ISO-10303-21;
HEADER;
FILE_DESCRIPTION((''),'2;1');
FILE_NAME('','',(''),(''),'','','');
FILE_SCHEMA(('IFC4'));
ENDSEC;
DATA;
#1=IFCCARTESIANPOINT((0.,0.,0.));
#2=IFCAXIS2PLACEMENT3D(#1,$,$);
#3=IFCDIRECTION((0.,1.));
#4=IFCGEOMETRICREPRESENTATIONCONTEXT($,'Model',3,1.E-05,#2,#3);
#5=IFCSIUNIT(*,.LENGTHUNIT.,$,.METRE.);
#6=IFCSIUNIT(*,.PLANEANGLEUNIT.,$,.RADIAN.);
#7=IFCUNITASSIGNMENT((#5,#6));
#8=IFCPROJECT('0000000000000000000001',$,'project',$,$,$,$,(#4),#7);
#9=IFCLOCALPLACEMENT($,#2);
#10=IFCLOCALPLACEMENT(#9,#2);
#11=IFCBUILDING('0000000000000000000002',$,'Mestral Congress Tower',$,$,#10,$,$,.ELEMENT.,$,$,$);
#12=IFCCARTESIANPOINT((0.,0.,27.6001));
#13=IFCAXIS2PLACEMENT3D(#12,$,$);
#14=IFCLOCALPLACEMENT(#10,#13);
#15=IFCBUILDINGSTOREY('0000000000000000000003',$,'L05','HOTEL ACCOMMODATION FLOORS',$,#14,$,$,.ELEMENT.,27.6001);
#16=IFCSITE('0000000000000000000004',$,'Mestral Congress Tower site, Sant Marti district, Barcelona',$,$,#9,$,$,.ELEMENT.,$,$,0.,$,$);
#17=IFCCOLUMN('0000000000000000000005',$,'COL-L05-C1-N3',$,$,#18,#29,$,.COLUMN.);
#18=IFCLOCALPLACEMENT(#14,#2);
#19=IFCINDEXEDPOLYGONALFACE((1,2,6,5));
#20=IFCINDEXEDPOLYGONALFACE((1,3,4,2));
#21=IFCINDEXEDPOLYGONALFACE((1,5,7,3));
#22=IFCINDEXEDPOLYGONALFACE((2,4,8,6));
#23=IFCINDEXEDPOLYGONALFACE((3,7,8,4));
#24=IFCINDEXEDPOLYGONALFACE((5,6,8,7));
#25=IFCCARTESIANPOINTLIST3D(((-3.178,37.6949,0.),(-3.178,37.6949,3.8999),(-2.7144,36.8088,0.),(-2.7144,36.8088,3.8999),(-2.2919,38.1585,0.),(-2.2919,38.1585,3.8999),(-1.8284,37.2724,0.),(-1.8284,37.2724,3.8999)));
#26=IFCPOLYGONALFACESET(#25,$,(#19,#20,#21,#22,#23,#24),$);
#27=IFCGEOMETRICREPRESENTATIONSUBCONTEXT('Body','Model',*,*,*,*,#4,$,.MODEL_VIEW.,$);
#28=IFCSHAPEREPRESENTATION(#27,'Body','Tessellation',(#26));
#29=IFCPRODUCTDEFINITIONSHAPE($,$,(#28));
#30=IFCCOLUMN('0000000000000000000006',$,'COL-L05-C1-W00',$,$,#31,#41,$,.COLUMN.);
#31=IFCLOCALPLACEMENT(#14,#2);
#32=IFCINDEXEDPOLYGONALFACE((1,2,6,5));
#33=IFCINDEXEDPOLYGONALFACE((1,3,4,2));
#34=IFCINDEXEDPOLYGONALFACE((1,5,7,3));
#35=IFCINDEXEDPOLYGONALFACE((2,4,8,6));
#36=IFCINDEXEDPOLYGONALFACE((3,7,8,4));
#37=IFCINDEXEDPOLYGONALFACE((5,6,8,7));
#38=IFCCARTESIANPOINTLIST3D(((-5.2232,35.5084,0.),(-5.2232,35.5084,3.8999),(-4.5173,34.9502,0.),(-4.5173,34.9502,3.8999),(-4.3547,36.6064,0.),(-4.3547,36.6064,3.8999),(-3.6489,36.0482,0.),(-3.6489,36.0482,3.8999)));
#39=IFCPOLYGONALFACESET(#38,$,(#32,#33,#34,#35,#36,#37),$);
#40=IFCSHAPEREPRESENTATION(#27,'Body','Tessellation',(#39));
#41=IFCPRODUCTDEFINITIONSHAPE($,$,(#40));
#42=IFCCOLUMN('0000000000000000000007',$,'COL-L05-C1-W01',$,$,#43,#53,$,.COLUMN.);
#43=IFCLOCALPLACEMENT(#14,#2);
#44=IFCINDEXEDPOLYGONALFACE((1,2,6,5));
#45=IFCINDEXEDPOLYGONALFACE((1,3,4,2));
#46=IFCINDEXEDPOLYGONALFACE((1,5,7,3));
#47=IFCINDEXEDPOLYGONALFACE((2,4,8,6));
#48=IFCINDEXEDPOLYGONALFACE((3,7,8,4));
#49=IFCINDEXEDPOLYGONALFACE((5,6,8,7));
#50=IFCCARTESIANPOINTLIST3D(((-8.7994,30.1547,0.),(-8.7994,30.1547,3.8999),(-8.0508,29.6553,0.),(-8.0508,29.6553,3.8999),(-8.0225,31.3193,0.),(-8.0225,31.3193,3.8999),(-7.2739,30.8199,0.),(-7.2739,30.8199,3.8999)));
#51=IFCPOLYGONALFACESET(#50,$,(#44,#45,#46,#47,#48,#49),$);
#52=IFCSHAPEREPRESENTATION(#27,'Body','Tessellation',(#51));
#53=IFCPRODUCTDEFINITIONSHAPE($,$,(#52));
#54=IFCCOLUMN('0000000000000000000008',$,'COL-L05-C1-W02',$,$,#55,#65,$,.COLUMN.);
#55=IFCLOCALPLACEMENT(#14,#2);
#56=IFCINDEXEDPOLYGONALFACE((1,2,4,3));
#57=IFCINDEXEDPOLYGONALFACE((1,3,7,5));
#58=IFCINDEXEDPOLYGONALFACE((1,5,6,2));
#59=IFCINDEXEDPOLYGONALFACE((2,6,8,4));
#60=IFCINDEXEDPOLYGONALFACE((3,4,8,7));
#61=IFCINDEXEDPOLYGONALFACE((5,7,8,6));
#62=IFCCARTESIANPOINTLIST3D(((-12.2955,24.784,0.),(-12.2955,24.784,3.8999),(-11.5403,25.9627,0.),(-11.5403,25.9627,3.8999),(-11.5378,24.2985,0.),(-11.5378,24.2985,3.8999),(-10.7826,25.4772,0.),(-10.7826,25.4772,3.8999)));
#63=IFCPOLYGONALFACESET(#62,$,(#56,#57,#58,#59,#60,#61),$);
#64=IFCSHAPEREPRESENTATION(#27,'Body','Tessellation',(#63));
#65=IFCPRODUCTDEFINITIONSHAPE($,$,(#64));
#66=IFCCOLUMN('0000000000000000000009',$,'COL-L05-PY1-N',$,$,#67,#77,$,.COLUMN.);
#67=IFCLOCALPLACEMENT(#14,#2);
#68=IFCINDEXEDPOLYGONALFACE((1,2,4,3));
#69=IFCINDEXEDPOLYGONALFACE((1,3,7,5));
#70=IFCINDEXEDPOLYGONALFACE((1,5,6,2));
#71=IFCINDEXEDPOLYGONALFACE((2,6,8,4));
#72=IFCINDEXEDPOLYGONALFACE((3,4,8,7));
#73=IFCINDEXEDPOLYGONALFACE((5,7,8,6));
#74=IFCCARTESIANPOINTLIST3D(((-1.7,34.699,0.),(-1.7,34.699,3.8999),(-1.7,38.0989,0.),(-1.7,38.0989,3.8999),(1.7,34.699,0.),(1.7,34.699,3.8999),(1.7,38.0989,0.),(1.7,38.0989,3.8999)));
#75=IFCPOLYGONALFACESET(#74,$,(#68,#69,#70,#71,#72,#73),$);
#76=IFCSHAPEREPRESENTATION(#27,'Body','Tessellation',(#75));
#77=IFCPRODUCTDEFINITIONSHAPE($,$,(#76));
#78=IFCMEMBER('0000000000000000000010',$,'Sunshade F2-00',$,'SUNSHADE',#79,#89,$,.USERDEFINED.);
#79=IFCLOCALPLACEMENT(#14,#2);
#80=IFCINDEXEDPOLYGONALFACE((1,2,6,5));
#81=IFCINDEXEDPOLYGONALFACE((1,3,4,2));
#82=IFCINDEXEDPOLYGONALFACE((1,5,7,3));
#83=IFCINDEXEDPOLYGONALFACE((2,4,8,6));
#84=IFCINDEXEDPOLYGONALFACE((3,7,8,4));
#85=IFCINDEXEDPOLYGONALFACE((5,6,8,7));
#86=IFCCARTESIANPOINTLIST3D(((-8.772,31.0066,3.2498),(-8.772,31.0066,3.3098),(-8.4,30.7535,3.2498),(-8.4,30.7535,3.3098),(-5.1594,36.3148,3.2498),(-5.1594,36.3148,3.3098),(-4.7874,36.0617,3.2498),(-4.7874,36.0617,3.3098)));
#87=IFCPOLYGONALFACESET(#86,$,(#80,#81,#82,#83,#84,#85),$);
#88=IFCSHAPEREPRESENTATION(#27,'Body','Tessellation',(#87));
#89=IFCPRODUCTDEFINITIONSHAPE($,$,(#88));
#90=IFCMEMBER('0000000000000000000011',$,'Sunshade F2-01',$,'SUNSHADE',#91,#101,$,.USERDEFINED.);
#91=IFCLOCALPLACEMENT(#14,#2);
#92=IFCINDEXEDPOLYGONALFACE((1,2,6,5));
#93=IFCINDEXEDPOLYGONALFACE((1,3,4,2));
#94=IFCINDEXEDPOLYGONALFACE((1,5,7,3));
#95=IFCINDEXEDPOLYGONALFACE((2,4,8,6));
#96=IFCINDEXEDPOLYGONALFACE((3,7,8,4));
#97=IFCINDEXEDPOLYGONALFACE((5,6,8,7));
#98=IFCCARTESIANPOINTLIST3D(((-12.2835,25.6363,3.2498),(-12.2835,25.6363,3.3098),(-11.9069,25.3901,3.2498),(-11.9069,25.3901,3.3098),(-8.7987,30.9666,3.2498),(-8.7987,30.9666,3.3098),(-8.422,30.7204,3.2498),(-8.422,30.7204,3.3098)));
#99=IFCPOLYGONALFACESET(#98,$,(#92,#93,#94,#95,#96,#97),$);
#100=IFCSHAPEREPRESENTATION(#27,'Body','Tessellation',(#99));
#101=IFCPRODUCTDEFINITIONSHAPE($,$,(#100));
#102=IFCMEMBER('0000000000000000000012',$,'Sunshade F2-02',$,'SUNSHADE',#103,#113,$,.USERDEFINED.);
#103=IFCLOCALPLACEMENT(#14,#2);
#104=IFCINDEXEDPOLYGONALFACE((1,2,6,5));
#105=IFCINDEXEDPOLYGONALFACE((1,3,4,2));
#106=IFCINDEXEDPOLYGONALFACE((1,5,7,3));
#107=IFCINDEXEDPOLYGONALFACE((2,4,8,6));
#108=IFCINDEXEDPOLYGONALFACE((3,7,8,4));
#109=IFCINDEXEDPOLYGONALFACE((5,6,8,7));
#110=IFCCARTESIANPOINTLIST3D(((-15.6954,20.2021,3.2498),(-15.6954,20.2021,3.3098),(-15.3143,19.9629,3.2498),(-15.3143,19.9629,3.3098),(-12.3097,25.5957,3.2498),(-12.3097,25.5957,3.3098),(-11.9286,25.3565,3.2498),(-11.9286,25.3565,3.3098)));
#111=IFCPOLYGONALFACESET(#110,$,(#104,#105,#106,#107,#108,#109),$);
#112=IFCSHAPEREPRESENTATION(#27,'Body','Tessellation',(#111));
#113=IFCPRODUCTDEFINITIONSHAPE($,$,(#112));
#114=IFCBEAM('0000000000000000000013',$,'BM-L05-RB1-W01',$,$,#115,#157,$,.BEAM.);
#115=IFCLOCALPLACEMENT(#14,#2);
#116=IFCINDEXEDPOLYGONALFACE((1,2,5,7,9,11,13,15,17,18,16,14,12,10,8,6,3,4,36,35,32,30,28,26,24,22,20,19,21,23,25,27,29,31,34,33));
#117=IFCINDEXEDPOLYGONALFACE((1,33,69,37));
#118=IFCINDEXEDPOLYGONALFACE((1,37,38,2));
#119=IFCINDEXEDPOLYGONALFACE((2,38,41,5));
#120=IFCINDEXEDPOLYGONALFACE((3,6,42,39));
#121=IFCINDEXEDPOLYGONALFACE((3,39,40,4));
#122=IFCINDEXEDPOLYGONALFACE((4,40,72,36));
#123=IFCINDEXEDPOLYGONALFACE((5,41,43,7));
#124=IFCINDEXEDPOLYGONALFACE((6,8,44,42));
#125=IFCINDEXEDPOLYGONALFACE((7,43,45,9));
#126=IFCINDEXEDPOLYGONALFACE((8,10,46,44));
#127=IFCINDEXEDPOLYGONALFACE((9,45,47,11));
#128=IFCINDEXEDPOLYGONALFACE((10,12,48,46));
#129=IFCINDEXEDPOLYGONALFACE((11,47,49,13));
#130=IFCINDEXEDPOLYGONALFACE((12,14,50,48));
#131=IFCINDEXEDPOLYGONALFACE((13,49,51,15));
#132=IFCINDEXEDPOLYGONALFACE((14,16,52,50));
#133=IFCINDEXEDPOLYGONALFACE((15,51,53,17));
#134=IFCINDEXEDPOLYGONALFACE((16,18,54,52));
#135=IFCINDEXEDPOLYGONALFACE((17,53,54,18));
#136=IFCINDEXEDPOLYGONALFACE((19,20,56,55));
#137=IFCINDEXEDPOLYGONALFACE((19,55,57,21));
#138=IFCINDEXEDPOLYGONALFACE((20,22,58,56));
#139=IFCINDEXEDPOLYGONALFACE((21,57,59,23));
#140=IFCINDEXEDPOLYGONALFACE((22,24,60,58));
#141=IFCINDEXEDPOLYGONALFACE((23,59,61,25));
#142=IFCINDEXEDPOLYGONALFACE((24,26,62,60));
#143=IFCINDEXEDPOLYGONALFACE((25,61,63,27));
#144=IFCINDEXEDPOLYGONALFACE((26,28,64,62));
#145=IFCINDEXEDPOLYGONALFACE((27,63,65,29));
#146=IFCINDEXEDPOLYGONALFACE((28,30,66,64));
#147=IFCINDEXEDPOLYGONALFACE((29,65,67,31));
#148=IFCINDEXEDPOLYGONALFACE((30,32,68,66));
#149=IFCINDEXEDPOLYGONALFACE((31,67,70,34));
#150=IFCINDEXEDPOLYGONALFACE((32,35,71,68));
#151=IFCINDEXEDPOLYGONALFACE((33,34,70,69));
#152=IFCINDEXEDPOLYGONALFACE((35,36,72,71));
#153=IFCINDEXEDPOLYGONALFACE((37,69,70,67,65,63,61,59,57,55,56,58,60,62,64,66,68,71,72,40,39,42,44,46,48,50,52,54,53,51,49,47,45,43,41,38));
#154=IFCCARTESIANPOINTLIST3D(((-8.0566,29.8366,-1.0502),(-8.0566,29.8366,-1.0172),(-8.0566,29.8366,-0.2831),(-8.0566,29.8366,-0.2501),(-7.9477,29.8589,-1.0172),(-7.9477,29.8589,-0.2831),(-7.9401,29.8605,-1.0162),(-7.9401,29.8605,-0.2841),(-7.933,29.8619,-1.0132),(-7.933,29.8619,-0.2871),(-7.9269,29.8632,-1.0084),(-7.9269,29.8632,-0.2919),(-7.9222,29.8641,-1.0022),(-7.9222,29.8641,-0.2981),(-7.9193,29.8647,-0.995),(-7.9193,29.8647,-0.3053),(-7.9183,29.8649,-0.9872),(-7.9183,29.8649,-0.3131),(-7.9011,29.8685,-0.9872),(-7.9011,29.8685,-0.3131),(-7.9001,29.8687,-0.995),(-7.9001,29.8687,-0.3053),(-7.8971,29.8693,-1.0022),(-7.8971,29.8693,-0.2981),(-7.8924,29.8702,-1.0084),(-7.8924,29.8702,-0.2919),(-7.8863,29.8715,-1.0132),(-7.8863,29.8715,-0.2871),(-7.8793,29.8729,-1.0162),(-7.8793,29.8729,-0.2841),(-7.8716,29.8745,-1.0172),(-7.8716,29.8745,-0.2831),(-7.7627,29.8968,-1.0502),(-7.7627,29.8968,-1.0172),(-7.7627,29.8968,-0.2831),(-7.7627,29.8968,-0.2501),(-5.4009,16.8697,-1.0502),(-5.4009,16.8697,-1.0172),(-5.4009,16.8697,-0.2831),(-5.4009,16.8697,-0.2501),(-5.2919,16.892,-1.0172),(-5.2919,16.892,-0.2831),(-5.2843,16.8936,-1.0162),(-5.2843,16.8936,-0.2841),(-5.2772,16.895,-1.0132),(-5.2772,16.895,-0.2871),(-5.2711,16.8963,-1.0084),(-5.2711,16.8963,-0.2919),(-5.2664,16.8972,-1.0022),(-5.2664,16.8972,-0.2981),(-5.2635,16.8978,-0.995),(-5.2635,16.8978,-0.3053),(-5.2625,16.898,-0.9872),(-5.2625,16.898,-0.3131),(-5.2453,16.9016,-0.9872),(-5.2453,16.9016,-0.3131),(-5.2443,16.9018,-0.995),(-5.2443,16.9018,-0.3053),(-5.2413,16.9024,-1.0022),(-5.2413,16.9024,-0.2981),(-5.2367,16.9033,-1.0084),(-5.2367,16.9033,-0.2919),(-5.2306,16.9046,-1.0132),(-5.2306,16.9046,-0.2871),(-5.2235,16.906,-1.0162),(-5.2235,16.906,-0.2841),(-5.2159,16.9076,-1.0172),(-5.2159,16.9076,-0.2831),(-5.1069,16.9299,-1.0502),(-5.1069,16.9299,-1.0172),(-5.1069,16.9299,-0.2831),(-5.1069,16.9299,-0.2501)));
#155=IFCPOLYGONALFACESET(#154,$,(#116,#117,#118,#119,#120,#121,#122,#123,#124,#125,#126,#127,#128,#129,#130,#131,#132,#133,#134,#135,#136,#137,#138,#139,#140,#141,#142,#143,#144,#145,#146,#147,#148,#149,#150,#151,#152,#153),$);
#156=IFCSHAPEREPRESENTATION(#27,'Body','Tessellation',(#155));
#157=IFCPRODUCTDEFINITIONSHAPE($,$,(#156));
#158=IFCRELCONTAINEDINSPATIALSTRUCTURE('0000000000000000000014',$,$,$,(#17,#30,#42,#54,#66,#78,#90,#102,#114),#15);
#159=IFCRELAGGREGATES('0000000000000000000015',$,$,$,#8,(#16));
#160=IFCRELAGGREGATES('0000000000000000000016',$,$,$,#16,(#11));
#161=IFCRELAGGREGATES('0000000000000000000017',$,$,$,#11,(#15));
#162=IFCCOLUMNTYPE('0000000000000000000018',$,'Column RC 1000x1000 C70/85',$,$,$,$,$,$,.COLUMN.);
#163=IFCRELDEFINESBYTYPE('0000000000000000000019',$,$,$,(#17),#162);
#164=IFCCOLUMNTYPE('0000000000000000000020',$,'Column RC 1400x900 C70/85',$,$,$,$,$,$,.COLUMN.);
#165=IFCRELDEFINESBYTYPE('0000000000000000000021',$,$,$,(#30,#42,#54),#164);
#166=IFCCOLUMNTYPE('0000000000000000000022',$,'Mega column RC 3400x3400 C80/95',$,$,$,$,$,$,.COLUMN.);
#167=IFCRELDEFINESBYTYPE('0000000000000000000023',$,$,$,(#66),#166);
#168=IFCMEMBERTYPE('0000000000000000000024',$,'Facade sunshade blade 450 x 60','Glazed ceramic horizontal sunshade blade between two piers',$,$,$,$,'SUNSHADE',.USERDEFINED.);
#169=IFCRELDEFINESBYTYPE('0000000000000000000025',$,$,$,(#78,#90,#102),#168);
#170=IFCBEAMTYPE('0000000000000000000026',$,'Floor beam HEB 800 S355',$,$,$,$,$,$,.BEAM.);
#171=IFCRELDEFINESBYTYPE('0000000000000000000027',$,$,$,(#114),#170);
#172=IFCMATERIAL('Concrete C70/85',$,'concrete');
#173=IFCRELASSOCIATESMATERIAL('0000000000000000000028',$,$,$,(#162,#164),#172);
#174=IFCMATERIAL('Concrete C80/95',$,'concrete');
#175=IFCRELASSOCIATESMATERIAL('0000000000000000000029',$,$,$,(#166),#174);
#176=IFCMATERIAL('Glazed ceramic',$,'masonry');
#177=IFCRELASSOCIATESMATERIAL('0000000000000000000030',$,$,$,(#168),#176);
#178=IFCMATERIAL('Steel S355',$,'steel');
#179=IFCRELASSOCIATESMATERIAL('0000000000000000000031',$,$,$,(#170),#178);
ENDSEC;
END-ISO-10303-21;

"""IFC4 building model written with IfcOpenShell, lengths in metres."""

from ifc_helpers import new_model, si_unit, direction, frame, origin, origin_2d, place, context, subcontext, project, spatial, rectangle, i_section, extrude, material, material_profile, profile_set, type_object, element, save


model = new_model("IFC4")

# Units and contexts
model_context = context("Model", 3, precision=1e-05, world=origin(), true_north=direction((0.0, 1.0)))
body_context = subcontext(model_context, "Body", "Model", "MODEL_VIEW")
ifc_project = project(units=[si_unit("LENGTHUNIT", "METRE"), si_unit("PLANEANGLEUNIT", "RADIAN")], contexts=[model_context])

# Site, building, storey
site_placement = place(None, origin())
site = spatial("IfcSite", under=ifc_project, at=site_placement, Name="Mestral Congress Tower site, Sant Marti district, Barcelona", CompositionType="ELEMENT", RefElevation=0.0)
building_placement = place(site_placement, origin())
building = spatial("IfcBuilding", under=site, at=building_placement, Name="Mestral Congress Tower", CompositionType="ELEMENT")
storey_placement = place(building_placement, frame((0.0, 0.0, 27.6001)))
storey = spatial("IfcBuildingStorey", under=building, at=storey_placement, Name="L05", Description="HOTEL ACCOMMODATION FLOORS", CompositionType="ELEMENT", Elevation=27.6001)

# Columns
ifc_material_1 = material(Name="Concrete C70/85", Category="concrete")
ifc_material_profile_1 = material_profile(ifc_material_1, rectangle(XDim=1.0, YDim=1.0, at=origin_2d()), Name="RC 1000x1000")
ifc_profile_set_1 = profile_set([ifc_material_profile_1], Name="Concrete C70/85")
column_type_1 = type_object("IfcColumnType", Name="Column RC 1000x1000 C70/85", PredefinedType="COLUMN", material=ifc_profile_set_1)
column_1_placement = place(storey_placement, frame((-2.5032, 37.4836, 0.0), z_axis=(0.0, 0.0, 1.0), x_axis=(-0.886068, -0.463556, 0.0)))
element("IfcColumn", 1, at=column_1_placement, inside=storey, type_object=column_type_1, Name="COL-L05-C1-N3", PredefinedType="COLUMN", context=body_context, shape_type="SweptSolid", body=[
    extrude(rectangle(XDim=1.0, YDim=1.0, at=origin_2d()), origin(), (0.0, 0.0, 1.0), 3.8999),
])
ifc_material_profile_2 = material_profile(ifc_material_1, rectangle(XDim=1.3999, YDim=0.8999, at=origin_2d()), Name="RC 1400x900")
ifc_profile_set_2 = profile_set([ifc_material_profile_2], Name="Concrete C70/85")
column_type_2 = type_object("IfcColumnType", Name="Column RC 1400x900 C70/85", PredefinedType="COLUMN", material=ifc_profile_set_2)
for number, where, z_axis, x_axis, name in (
    (2, (-4.436, 35.7783, 0.0), (0.0, 0.0, 1.0), (-0.620334, -0.784338, 0.0), "COL-L05-C1-W00"),
    (3, (-8.0366, 30.4873, 0.0), (0.0, 0.0, 1.0), (-0.554949, -0.831884, 0.0), "COL-L05-C1-W01"),
    (4, (-11.5391, 25.1306, 0.0), (0.0, 0.0, 1.0), (-0.539476, -0.842001, 0.0), "COL-L05-C1-W02"),
):
    element("IfcColumn", number, at=place(storey_placement, frame(where, z_axis=z_axis, x_axis=x_axis)), inside=storey, type_object=column_type_2, Name=name, PredefinedType="COLUMN", context=body_context, shape_type="SweptSolid", body=[
        extrude(rectangle(XDim=1.3999, YDim=0.8999, at=origin_2d()), origin(), (0.0, 0.0, 1.0), 3.8999),
    ])
ifc_material_2 = material(Name="Concrete C80/95", Category="concrete")
ifc_material_profile_3 = material_profile(ifc_material_2, rectangle(XDim=3.3999, YDim=3.3999, at=origin_2d()), Name="RC 3400x3400")
ifc_profile_set_3 = profile_set([ifc_material_profile_3], Name="Concrete C80/95")
column_type_3 = type_object("IfcColumnType", Name="Mega column RC 3400x3400 C80/95", PredefinedType="COLUMN", material=ifc_profile_set_3)
column_2_placement = place(storey_placement, frame((0.0, 36.3989, 0.0), z_axis=(0.0, 0.0, 1.0), x_axis=(0.0, 1.0, 0.0)))
element("IfcColumn", 5, at=column_2_placement, inside=storey, type_object=column_type_3, Name="COL-L05-PY1-N", PredefinedType="COLUMN", context=body_context, shape_type="SweptSolid", body=[
    extrude(rectangle(XDim=3.3999, YDim=3.3999, at=origin_2d()), origin(), (0.0, 0.0, 1.0), 3.8999),
])

# Members
ifc_material_3 = material(Name="Glazed ceramic", Category="masonry")
ifc_material_profile_4 = material_profile(ifc_material_3, rectangle(XDim=0.45, YDim=0.0601, at=origin_2d()), Name="Ceramic blade 450 x 60")
ifc_profile_set_4 = profile_set([ifc_material_profile_4], Name="Glazed ceramic")
member_type = type_object("IfcMemberType", Name="Facade sunshade blade 450 x 60", Description="Glazed ceramic horizontal sunshade blade between two piers", ElementType="SUNSHADE", PredefinedType="USERDEFINED", material=ifc_profile_set_4)
member_1_placement = place(storey_placement, frame((-4.9734, 36.1882, 3.2798), z_axis=(-0.562633, -0.826706, 0.0), x_axis=(0.826706, -0.562633, 0.0)))
element("IfcMember", 6, at=member_1_placement, inside=storey, type_object=member_type, Name="Sunshade F2-00", ObjectType="SUNSHADE", PredefinedType="USERDEFINED", context=body_context, shape_type="SweptSolid", body=[
    extrude(rectangle(XDim=0.45, YDim=0.0601, at=origin_2d()), origin(), (0.0, 0.0, 1.0), 6.4209),
])
member_2_placement = place(storey_placement, frame((-8.6104, 30.8435, 3.2798), z_axis=(-0.547211, -0.836995, 0.0), x_axis=(0.836995, -0.547211, 0.0)))
element("IfcMember", 7, at=member_2_placement, inside=storey, type_object=member_type, Name="Sunshade F2-01", ObjectType="SUNSHADE", PredefinedType="USERDEFINED", context=body_context, shape_type="SweptSolid", body=[
    extrude(rectangle(XDim=0.45, YDim=0.0601, at=origin_2d()), origin(), (0.0, 0.0, 1.0), 6.3684),
])
member_3_placement = place(storey_placement, frame((-12.1191, 25.4761, 3.2798), z_axis=(-0.531666, -0.846954, 0.0), x_axis=(0.846954, -0.531666, 0.0)))
element("IfcMember", 8, at=member_3_placement, inside=storey, type_object=member_type, Name="Sunshade F2-02", ObjectType="SUNSHADE", PredefinedType="USERDEFINED", context=body_context, shape_type="SweptSolid", body=[
    extrude(rectangle(XDim=0.45, YDim=0.0601, at=origin_2d()), origin(), (0.0, 0.0, 1.0), 6.3682),
])

# Beam
ifc_material_4 = material(Name="Steel S355", Category="steel")
ifc_material_profile_5 = material_profile(ifc_material_4, i_section(OverallWidth=0.3, OverallDepth=0.8, WebThickness=0.0176, FlangeThickness=0.033, FilletRadius=0.03, at=origin_2d()), Name="HEB 800")
ifc_profile_set_5 = profile_set([ifc_material_profile_5], Name="Steel S355")
beam_type_1 = type_object("IfcBeamType", Name="Floor beam HEB 800 S355", PredefinedType="BEAM", material=ifc_profile_set_5)
beam_1_placement = place(storey_placement, frame((-7.9097, 29.8667, -0.6501), z_axis=(0.200647, -0.979664, 0.0), x_axis=(0.979664, 0.200647, 0.0)))
element("IfcBeam", 9, at=beam_1_placement, inside=storey, type_object=beam_type_1, Name="BM-L05-RB1-W01", PredefinedType="BEAM", context=body_context, shape_type="SweptSolid", body=[
    extrude(i_section(OverallWidth=0.3, OverallDepth=0.8, WebThickness=0.0176, FlangeThickness=0.033, FilletRadius=0.03, at=origin_2d()), origin(), (0.0, 0.0, 1.0), 13.2361),
])

save(model, "model.ifc")
